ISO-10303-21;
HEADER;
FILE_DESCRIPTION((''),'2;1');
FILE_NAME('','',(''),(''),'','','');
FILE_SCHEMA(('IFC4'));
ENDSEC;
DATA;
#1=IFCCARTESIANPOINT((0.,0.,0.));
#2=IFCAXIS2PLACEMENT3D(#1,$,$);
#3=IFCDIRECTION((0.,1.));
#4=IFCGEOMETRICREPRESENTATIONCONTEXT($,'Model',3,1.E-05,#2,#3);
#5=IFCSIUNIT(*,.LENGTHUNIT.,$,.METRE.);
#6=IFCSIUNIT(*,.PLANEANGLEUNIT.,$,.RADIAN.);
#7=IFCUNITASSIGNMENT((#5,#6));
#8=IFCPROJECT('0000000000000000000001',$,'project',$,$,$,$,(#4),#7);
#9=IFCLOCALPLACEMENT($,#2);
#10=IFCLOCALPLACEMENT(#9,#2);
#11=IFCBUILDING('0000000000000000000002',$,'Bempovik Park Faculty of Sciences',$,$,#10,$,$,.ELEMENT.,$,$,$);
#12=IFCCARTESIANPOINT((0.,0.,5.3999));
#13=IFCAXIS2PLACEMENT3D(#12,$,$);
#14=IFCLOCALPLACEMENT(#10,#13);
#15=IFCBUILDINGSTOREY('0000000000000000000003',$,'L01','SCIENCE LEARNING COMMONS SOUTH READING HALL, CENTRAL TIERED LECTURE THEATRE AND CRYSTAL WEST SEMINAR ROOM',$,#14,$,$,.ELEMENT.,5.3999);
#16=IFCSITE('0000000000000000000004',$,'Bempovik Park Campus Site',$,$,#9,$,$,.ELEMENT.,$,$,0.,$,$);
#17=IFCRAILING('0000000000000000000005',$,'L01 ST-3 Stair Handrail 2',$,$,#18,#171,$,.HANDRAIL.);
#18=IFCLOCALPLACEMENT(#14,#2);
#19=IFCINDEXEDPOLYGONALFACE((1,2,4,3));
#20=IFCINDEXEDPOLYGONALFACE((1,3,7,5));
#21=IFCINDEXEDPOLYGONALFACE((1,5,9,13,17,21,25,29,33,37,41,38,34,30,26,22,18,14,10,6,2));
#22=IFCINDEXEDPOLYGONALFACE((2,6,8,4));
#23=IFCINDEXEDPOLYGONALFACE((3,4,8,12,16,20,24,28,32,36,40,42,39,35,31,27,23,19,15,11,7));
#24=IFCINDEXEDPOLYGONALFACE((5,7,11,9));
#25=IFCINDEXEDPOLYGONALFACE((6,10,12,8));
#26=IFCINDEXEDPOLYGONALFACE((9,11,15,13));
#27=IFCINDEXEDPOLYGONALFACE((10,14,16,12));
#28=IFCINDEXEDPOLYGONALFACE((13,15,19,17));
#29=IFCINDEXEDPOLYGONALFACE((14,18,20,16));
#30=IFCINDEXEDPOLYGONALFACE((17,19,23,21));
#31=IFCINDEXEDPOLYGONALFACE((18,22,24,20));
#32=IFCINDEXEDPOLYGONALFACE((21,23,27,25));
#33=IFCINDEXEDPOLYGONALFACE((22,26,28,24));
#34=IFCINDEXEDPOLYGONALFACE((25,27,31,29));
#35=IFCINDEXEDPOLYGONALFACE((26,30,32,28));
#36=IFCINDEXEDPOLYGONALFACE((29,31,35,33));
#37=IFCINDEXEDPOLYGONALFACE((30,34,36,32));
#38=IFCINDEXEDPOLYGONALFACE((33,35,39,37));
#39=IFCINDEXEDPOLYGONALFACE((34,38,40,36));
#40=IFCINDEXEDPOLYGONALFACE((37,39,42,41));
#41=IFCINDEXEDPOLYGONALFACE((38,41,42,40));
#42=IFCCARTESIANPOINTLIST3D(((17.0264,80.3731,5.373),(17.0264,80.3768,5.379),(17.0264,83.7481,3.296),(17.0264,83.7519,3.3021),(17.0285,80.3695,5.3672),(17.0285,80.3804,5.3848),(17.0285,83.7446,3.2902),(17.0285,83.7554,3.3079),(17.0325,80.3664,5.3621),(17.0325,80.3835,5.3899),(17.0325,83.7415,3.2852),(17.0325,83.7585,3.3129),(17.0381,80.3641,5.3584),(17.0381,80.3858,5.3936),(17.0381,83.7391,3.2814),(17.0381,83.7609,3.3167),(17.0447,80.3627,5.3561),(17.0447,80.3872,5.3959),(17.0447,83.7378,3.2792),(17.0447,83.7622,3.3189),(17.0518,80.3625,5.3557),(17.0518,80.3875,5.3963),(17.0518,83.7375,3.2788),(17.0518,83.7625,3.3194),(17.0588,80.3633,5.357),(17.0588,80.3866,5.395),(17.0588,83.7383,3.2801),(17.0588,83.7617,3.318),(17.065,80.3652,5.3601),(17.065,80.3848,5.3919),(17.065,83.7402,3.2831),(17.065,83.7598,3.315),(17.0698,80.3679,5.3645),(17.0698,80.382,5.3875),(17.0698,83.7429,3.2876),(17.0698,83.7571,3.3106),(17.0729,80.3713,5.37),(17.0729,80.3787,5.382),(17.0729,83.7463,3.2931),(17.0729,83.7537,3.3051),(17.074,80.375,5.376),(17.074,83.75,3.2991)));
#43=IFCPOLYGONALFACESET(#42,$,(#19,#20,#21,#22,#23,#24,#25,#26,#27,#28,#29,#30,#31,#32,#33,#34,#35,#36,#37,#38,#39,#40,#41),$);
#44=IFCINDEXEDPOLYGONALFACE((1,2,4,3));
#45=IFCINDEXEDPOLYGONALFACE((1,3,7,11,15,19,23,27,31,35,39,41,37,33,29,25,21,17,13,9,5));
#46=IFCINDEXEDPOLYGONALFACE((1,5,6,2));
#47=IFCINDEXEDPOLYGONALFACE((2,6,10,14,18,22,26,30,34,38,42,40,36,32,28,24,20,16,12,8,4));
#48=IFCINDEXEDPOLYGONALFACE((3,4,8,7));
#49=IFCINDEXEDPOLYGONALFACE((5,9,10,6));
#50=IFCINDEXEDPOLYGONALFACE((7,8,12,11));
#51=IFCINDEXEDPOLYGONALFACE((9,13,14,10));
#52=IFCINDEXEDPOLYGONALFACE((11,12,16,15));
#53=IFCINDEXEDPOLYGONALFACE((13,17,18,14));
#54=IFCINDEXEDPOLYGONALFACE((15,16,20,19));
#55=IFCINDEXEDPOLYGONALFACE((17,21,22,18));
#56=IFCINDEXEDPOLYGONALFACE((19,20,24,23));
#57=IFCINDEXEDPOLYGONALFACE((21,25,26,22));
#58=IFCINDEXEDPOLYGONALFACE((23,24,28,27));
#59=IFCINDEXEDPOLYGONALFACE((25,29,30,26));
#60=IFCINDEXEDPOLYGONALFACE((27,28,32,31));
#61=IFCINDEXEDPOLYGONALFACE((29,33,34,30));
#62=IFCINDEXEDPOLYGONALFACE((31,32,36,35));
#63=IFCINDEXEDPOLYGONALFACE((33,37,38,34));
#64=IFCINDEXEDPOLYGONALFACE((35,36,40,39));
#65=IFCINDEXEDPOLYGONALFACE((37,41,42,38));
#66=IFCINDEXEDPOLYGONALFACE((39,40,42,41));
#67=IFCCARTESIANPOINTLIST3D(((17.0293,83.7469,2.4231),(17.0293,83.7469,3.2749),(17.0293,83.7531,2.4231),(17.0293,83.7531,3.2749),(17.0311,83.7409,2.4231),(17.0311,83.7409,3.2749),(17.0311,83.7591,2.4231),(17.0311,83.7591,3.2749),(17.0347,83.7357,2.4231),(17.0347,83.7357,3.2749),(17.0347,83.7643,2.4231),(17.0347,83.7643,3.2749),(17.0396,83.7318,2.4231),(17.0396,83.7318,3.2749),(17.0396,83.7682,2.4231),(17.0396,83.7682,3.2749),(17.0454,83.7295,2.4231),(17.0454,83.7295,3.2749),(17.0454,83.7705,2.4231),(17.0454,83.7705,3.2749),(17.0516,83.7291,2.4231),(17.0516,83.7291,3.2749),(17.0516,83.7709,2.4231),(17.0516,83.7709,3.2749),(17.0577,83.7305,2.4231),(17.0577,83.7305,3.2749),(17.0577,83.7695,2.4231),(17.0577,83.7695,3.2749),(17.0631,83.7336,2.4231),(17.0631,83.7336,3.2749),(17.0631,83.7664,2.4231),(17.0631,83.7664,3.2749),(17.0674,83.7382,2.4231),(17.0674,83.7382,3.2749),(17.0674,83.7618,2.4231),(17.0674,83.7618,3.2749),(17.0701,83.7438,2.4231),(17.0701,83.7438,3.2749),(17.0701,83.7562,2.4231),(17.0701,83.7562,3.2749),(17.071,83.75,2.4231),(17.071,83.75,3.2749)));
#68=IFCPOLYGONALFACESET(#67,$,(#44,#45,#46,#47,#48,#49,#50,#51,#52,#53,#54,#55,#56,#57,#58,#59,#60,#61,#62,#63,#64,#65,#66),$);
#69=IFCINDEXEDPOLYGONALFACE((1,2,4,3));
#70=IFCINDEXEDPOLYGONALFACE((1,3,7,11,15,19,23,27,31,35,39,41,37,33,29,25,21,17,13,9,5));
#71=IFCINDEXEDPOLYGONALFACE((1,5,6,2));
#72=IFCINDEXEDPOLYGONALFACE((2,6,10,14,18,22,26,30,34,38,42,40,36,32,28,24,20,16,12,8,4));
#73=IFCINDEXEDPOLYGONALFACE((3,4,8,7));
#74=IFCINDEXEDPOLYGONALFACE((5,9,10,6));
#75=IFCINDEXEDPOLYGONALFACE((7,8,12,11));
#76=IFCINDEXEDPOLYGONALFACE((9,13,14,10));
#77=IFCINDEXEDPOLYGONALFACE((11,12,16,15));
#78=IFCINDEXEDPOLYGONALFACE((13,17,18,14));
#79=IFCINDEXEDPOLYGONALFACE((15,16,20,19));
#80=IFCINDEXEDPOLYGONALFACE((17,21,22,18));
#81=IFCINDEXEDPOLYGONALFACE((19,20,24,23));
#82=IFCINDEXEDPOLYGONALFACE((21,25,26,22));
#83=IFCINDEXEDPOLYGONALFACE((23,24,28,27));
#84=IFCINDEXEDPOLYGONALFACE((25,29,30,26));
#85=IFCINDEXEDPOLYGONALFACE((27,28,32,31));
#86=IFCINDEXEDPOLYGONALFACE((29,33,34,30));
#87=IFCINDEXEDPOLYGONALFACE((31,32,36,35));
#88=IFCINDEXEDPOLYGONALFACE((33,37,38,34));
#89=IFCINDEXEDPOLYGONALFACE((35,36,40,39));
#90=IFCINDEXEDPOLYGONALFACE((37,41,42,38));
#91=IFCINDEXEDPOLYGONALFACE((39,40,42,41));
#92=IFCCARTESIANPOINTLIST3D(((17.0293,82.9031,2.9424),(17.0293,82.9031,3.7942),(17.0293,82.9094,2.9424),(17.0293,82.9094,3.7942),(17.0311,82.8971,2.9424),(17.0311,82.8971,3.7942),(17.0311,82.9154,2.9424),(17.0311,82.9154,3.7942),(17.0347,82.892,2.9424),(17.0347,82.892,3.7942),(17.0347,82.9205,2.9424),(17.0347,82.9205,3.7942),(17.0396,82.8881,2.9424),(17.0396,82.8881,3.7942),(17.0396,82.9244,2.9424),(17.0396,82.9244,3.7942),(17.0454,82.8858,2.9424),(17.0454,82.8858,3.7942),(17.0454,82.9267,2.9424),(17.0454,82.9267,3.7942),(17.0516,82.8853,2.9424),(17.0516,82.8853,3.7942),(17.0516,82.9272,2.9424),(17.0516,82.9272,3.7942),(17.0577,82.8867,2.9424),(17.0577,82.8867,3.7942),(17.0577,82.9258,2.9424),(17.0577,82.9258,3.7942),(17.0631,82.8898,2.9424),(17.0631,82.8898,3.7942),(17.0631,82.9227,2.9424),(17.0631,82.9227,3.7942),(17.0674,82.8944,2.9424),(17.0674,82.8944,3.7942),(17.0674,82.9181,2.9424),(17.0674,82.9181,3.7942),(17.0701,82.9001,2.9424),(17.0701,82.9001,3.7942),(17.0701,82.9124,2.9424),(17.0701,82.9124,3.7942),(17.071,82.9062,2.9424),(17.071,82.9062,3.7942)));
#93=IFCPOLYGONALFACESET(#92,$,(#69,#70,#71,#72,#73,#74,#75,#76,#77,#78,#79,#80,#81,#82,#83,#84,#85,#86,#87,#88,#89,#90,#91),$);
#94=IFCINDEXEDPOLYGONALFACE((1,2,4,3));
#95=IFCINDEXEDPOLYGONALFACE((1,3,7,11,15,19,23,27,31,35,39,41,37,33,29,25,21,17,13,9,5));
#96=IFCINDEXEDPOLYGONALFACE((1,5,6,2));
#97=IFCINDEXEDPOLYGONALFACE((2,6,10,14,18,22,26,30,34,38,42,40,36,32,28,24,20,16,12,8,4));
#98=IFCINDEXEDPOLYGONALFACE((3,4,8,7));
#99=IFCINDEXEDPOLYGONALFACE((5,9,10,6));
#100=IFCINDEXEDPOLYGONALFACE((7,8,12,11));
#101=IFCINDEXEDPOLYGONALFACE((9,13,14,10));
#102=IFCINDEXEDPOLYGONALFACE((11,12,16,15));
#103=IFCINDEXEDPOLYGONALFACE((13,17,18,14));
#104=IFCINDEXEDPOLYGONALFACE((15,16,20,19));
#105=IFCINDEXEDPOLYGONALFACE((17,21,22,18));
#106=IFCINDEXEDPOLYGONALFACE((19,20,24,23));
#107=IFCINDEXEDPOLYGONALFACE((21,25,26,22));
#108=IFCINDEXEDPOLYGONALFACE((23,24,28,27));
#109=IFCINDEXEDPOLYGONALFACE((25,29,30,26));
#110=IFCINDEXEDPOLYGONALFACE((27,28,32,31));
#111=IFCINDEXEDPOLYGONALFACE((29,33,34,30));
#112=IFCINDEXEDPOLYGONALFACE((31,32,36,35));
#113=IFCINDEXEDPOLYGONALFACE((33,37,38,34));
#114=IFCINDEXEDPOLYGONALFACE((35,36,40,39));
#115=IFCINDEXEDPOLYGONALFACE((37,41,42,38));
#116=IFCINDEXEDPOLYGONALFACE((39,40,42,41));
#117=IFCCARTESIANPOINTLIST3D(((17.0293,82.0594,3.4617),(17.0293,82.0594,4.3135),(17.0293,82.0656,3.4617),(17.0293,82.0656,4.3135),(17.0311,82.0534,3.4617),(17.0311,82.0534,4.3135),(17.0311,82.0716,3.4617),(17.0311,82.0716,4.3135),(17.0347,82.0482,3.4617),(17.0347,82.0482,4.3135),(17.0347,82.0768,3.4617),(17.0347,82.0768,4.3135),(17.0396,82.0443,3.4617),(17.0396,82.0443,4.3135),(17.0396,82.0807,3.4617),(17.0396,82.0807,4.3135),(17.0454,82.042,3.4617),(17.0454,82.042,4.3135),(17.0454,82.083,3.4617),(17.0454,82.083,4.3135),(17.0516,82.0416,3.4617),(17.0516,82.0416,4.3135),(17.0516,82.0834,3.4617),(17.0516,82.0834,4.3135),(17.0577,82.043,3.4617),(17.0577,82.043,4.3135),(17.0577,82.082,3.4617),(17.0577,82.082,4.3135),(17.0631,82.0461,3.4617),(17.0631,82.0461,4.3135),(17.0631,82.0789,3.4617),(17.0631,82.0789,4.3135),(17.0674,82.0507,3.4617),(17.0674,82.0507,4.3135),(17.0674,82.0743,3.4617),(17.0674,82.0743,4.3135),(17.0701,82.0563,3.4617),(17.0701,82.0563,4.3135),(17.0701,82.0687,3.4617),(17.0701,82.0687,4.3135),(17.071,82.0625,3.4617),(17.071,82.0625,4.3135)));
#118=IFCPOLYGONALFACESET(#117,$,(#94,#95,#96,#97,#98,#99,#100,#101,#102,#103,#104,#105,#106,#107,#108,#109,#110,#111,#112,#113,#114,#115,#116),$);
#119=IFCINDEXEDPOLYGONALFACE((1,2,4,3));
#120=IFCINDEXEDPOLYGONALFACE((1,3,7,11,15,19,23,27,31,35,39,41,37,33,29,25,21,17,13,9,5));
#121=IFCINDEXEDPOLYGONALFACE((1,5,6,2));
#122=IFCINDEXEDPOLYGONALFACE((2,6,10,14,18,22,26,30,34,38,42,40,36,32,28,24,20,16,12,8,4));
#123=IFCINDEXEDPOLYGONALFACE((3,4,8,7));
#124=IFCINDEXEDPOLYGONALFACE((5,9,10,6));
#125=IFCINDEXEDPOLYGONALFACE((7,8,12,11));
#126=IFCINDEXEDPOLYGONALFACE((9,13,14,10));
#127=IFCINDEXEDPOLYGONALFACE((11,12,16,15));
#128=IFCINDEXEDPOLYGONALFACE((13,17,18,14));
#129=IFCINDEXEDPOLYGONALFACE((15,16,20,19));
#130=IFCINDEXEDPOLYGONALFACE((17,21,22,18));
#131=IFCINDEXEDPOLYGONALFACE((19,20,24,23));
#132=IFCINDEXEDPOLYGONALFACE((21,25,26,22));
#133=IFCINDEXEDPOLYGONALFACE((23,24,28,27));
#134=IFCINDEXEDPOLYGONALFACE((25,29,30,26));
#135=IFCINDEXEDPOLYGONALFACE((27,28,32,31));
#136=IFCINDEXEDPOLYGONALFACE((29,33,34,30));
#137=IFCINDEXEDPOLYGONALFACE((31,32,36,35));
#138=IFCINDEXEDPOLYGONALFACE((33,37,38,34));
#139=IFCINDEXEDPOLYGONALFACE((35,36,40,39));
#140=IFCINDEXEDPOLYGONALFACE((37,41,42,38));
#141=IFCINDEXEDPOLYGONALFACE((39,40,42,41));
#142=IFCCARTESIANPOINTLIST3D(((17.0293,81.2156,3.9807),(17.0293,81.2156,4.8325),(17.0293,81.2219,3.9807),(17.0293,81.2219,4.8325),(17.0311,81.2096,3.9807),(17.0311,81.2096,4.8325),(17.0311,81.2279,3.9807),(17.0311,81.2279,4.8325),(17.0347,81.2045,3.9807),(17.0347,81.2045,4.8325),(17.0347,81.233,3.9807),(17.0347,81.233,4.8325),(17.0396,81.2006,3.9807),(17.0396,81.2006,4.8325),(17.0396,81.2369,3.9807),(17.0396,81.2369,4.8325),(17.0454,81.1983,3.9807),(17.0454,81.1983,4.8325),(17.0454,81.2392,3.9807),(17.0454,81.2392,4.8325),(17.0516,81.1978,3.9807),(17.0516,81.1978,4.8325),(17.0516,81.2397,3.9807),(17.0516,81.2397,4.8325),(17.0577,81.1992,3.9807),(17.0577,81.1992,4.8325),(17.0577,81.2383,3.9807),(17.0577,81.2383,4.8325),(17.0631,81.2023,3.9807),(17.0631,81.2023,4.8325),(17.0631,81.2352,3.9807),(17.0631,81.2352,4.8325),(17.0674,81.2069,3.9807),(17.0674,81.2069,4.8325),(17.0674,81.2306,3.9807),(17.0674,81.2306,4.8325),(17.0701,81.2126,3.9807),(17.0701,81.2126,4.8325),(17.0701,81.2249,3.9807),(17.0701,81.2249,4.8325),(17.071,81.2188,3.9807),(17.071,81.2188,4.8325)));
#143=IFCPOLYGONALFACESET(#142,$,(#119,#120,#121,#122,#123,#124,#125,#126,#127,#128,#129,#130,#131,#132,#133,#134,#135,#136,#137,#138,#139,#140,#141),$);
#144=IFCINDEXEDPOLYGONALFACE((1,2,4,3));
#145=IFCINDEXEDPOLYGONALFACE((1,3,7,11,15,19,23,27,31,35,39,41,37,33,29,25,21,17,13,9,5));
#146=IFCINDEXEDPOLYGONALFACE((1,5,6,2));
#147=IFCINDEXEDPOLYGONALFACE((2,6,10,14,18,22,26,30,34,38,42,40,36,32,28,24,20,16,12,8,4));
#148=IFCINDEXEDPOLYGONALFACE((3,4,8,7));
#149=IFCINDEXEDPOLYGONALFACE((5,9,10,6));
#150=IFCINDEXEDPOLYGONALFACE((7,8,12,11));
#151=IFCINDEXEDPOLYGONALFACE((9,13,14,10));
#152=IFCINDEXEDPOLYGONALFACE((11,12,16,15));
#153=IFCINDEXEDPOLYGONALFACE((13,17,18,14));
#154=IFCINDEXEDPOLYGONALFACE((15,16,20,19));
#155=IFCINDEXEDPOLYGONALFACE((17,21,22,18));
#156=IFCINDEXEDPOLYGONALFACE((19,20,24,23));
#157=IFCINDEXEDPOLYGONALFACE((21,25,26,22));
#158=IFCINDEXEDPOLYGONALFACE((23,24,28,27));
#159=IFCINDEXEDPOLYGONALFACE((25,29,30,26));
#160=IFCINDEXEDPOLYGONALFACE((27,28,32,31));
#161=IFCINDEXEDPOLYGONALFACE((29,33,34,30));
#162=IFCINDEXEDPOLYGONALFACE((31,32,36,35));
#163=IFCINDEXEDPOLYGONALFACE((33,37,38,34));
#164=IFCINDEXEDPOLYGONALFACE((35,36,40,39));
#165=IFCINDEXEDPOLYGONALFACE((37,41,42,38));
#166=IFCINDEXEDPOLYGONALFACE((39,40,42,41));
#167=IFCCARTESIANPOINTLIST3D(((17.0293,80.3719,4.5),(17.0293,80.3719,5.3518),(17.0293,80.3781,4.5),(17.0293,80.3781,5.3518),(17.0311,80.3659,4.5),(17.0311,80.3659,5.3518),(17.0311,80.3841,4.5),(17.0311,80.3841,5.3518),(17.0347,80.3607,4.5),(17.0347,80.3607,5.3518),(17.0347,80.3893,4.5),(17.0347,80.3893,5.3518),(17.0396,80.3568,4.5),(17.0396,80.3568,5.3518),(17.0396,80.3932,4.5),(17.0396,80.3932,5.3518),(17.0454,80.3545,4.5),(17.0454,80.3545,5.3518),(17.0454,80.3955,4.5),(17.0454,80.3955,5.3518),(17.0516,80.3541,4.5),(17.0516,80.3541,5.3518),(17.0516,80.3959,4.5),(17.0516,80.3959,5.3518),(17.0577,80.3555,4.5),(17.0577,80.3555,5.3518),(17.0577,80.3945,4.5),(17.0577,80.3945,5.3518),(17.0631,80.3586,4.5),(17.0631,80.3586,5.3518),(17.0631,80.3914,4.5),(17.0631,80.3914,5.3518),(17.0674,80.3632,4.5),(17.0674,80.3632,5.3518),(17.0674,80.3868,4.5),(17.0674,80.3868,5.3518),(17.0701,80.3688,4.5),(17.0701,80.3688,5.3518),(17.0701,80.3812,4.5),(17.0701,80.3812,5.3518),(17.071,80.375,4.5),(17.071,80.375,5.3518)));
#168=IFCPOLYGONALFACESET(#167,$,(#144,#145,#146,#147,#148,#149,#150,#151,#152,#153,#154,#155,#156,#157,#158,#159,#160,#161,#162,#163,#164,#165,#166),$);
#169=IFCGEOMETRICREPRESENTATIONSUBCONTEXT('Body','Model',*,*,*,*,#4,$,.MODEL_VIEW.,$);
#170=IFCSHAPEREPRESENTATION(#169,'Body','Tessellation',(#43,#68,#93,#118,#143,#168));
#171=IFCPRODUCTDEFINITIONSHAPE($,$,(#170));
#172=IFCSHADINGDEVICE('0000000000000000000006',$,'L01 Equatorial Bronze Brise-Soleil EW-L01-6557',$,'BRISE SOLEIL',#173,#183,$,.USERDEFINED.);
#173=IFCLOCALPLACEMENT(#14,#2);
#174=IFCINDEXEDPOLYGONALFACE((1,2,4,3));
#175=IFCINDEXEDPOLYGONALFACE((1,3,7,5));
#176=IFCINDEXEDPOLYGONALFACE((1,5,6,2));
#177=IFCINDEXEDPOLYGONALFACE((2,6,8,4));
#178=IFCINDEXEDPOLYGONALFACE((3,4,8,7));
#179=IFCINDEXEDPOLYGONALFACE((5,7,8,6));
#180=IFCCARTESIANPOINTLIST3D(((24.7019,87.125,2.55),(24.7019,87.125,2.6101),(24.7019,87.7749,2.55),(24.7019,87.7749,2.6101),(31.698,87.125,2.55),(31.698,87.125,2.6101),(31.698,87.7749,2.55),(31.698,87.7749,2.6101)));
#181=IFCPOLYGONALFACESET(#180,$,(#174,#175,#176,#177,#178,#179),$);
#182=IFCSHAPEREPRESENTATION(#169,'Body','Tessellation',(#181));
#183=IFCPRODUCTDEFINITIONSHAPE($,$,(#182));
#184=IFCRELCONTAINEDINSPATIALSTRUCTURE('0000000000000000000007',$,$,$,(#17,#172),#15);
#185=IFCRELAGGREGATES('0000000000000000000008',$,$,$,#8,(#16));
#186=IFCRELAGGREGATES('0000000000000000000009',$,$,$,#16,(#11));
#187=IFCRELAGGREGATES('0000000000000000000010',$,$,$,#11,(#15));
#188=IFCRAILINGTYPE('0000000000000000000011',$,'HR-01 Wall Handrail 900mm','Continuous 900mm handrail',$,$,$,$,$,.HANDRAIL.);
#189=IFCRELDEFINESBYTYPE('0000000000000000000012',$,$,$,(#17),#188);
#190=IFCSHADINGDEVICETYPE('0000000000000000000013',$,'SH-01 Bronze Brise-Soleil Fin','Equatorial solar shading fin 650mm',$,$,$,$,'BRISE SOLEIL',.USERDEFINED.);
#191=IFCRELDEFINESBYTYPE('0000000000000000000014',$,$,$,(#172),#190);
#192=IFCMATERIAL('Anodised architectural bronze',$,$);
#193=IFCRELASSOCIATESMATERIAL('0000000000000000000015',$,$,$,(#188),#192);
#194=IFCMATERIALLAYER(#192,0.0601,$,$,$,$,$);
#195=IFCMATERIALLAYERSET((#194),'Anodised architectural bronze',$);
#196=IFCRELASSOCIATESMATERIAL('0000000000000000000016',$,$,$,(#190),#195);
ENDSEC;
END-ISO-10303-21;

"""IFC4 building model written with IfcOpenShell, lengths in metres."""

from ifc_helpers import new_model, si_unit, direction, frame, origin, origin_2d, place, context, subcontext, project, spatial, rectangle, circle, extrude, material, layer, layer_set, type_object, element, save


model = new_model("IFC4")

# Units and contexts
model_context = context("Model", 3, precision=1e-05, world=origin(), true_north=direction((0.0, 1.0)))
body_context = subcontext(model_context, "Body", "Model", "MODEL_VIEW")
ifc_project = project(units=[si_unit("LENGTHUNIT", "METRE"), si_unit("PLANEANGLEUNIT", "RADIAN")], contexts=[model_context])

# Site, building, storey
site_placement = place(None, origin())
site = spatial("IfcSite", under=ifc_project, at=site_placement, Name="Bempovik Park Campus Site", CompositionType="ELEMENT", RefElevation=0.0)
building_placement = place(site_placement, origin())
building = spatial("IfcBuilding", under=site, at=building_placement, Name="Bempovik Park Faculty of Sciences", CompositionType="ELEMENT")
storey_placement = place(building_placement, frame((0.0, 0.0, 5.3999)))
storey = spatial("IfcBuildingStorey", under=building, at=storey_placement, Name="L01", Description="SCIENCE LEARNING COMMONS SOUTH READING HALL, CENTRAL TIERED LECTURE THEATRE AND CRYSTAL WEST SEMINAR ROOM", CompositionType="ELEMENT", Elevation=5.3999)

# Railing
ifc_material_1 = material(Name="Anodised architectural bronze")
railing_type_1 = type_object("IfcRailingType", Name="HR-01 Wall Handrail 900mm", Description="Continuous 900mm handrail", PredefinedType="HANDRAIL", material=ifc_material_1)
railing_1_placement = place(storey_placement, frame((17.05, 83.75, 2.4231)))
element("IfcRailing", 1, at=railing_1_placement, inside=storey, type_object=railing_type_1, Name="L01 ST-3 Stair Handrail 2", PredefinedType="HANDRAIL", context=body_context, shape_type="SweptSolid", body=[
    extrude(circle(Radius=0.0239, at=origin_2d()), frame((0.0, 0.0, 0.876), z_axis=(0.0, -0.85166, 0.524094), x_axis=(1.0, 0.0, 0.0)), (0.0, 0.0, 1.0), 3.9629),
    extrude(circle(Radius=0.021, at=origin_2d()), origin(), (0.0, 0.0, 1.0), 0.8518),
    extrude(circle(Radius=0.021, at=origin_2d()), frame((0.0, -0.8438, 0.5193)), (0.0, 0.0, 1.0), 0.8518),
    extrude(circle(Radius=0.021, at=origin_2d()), frame((0.0, -1.6875, 1.0386)), (0.0, 0.0, 1.0), 0.8518),
    extrude(circle(Radius=0.021, at=origin_2d()), frame((0.0, -2.5312, 1.5576)), (0.0, 0.0, 1.0), 0.8518),
    extrude(circle(Radius=0.021, at=origin_2d()), frame((0.0, -3.375, 2.0769)), (0.0, 0.0, 1.0), 0.8518),
])

# Shading device
ifc_layer_1 = layer(ifc_material_1, 0.0601)
ifc_layer_set_1 = layer_set([ifc_layer_1], Name="Anodised architectural bronze")
shading_device_type = type_object("IfcShadingDeviceType", Name="SH-01 Bronze Brise-Soleil Fin", Description="Equatorial solar shading fin 650mm", ElementType="BRISE SOLEIL", PredefinedType="USERDEFINED", material=ifc_layer_set_1)
shading_device_placement = place(storey_placement, frame((28.2, 87.45, 2.55), z_axis=(0.0, 0.0, 1.0), x_axis=(1.0, 0.0, 0.0)))
element("IfcShadingDevice", 2, at=shading_device_placement, inside=storey, type_object=shading_device_type, Name="L01 Equatorial Bronze Brise-Soleil EW-L01-6557", ObjectType="BRISE SOLEIL", PredefinedType="USERDEFINED", context=body_context, shape_type="SweptSolid", body=[
    extrude(rectangle(XDim=6.9961, YDim=0.6499, at=origin_2d()), origin(), (0.0, 0.0, 1.0), 0.0601),
])

save(model, "model.ifc")
